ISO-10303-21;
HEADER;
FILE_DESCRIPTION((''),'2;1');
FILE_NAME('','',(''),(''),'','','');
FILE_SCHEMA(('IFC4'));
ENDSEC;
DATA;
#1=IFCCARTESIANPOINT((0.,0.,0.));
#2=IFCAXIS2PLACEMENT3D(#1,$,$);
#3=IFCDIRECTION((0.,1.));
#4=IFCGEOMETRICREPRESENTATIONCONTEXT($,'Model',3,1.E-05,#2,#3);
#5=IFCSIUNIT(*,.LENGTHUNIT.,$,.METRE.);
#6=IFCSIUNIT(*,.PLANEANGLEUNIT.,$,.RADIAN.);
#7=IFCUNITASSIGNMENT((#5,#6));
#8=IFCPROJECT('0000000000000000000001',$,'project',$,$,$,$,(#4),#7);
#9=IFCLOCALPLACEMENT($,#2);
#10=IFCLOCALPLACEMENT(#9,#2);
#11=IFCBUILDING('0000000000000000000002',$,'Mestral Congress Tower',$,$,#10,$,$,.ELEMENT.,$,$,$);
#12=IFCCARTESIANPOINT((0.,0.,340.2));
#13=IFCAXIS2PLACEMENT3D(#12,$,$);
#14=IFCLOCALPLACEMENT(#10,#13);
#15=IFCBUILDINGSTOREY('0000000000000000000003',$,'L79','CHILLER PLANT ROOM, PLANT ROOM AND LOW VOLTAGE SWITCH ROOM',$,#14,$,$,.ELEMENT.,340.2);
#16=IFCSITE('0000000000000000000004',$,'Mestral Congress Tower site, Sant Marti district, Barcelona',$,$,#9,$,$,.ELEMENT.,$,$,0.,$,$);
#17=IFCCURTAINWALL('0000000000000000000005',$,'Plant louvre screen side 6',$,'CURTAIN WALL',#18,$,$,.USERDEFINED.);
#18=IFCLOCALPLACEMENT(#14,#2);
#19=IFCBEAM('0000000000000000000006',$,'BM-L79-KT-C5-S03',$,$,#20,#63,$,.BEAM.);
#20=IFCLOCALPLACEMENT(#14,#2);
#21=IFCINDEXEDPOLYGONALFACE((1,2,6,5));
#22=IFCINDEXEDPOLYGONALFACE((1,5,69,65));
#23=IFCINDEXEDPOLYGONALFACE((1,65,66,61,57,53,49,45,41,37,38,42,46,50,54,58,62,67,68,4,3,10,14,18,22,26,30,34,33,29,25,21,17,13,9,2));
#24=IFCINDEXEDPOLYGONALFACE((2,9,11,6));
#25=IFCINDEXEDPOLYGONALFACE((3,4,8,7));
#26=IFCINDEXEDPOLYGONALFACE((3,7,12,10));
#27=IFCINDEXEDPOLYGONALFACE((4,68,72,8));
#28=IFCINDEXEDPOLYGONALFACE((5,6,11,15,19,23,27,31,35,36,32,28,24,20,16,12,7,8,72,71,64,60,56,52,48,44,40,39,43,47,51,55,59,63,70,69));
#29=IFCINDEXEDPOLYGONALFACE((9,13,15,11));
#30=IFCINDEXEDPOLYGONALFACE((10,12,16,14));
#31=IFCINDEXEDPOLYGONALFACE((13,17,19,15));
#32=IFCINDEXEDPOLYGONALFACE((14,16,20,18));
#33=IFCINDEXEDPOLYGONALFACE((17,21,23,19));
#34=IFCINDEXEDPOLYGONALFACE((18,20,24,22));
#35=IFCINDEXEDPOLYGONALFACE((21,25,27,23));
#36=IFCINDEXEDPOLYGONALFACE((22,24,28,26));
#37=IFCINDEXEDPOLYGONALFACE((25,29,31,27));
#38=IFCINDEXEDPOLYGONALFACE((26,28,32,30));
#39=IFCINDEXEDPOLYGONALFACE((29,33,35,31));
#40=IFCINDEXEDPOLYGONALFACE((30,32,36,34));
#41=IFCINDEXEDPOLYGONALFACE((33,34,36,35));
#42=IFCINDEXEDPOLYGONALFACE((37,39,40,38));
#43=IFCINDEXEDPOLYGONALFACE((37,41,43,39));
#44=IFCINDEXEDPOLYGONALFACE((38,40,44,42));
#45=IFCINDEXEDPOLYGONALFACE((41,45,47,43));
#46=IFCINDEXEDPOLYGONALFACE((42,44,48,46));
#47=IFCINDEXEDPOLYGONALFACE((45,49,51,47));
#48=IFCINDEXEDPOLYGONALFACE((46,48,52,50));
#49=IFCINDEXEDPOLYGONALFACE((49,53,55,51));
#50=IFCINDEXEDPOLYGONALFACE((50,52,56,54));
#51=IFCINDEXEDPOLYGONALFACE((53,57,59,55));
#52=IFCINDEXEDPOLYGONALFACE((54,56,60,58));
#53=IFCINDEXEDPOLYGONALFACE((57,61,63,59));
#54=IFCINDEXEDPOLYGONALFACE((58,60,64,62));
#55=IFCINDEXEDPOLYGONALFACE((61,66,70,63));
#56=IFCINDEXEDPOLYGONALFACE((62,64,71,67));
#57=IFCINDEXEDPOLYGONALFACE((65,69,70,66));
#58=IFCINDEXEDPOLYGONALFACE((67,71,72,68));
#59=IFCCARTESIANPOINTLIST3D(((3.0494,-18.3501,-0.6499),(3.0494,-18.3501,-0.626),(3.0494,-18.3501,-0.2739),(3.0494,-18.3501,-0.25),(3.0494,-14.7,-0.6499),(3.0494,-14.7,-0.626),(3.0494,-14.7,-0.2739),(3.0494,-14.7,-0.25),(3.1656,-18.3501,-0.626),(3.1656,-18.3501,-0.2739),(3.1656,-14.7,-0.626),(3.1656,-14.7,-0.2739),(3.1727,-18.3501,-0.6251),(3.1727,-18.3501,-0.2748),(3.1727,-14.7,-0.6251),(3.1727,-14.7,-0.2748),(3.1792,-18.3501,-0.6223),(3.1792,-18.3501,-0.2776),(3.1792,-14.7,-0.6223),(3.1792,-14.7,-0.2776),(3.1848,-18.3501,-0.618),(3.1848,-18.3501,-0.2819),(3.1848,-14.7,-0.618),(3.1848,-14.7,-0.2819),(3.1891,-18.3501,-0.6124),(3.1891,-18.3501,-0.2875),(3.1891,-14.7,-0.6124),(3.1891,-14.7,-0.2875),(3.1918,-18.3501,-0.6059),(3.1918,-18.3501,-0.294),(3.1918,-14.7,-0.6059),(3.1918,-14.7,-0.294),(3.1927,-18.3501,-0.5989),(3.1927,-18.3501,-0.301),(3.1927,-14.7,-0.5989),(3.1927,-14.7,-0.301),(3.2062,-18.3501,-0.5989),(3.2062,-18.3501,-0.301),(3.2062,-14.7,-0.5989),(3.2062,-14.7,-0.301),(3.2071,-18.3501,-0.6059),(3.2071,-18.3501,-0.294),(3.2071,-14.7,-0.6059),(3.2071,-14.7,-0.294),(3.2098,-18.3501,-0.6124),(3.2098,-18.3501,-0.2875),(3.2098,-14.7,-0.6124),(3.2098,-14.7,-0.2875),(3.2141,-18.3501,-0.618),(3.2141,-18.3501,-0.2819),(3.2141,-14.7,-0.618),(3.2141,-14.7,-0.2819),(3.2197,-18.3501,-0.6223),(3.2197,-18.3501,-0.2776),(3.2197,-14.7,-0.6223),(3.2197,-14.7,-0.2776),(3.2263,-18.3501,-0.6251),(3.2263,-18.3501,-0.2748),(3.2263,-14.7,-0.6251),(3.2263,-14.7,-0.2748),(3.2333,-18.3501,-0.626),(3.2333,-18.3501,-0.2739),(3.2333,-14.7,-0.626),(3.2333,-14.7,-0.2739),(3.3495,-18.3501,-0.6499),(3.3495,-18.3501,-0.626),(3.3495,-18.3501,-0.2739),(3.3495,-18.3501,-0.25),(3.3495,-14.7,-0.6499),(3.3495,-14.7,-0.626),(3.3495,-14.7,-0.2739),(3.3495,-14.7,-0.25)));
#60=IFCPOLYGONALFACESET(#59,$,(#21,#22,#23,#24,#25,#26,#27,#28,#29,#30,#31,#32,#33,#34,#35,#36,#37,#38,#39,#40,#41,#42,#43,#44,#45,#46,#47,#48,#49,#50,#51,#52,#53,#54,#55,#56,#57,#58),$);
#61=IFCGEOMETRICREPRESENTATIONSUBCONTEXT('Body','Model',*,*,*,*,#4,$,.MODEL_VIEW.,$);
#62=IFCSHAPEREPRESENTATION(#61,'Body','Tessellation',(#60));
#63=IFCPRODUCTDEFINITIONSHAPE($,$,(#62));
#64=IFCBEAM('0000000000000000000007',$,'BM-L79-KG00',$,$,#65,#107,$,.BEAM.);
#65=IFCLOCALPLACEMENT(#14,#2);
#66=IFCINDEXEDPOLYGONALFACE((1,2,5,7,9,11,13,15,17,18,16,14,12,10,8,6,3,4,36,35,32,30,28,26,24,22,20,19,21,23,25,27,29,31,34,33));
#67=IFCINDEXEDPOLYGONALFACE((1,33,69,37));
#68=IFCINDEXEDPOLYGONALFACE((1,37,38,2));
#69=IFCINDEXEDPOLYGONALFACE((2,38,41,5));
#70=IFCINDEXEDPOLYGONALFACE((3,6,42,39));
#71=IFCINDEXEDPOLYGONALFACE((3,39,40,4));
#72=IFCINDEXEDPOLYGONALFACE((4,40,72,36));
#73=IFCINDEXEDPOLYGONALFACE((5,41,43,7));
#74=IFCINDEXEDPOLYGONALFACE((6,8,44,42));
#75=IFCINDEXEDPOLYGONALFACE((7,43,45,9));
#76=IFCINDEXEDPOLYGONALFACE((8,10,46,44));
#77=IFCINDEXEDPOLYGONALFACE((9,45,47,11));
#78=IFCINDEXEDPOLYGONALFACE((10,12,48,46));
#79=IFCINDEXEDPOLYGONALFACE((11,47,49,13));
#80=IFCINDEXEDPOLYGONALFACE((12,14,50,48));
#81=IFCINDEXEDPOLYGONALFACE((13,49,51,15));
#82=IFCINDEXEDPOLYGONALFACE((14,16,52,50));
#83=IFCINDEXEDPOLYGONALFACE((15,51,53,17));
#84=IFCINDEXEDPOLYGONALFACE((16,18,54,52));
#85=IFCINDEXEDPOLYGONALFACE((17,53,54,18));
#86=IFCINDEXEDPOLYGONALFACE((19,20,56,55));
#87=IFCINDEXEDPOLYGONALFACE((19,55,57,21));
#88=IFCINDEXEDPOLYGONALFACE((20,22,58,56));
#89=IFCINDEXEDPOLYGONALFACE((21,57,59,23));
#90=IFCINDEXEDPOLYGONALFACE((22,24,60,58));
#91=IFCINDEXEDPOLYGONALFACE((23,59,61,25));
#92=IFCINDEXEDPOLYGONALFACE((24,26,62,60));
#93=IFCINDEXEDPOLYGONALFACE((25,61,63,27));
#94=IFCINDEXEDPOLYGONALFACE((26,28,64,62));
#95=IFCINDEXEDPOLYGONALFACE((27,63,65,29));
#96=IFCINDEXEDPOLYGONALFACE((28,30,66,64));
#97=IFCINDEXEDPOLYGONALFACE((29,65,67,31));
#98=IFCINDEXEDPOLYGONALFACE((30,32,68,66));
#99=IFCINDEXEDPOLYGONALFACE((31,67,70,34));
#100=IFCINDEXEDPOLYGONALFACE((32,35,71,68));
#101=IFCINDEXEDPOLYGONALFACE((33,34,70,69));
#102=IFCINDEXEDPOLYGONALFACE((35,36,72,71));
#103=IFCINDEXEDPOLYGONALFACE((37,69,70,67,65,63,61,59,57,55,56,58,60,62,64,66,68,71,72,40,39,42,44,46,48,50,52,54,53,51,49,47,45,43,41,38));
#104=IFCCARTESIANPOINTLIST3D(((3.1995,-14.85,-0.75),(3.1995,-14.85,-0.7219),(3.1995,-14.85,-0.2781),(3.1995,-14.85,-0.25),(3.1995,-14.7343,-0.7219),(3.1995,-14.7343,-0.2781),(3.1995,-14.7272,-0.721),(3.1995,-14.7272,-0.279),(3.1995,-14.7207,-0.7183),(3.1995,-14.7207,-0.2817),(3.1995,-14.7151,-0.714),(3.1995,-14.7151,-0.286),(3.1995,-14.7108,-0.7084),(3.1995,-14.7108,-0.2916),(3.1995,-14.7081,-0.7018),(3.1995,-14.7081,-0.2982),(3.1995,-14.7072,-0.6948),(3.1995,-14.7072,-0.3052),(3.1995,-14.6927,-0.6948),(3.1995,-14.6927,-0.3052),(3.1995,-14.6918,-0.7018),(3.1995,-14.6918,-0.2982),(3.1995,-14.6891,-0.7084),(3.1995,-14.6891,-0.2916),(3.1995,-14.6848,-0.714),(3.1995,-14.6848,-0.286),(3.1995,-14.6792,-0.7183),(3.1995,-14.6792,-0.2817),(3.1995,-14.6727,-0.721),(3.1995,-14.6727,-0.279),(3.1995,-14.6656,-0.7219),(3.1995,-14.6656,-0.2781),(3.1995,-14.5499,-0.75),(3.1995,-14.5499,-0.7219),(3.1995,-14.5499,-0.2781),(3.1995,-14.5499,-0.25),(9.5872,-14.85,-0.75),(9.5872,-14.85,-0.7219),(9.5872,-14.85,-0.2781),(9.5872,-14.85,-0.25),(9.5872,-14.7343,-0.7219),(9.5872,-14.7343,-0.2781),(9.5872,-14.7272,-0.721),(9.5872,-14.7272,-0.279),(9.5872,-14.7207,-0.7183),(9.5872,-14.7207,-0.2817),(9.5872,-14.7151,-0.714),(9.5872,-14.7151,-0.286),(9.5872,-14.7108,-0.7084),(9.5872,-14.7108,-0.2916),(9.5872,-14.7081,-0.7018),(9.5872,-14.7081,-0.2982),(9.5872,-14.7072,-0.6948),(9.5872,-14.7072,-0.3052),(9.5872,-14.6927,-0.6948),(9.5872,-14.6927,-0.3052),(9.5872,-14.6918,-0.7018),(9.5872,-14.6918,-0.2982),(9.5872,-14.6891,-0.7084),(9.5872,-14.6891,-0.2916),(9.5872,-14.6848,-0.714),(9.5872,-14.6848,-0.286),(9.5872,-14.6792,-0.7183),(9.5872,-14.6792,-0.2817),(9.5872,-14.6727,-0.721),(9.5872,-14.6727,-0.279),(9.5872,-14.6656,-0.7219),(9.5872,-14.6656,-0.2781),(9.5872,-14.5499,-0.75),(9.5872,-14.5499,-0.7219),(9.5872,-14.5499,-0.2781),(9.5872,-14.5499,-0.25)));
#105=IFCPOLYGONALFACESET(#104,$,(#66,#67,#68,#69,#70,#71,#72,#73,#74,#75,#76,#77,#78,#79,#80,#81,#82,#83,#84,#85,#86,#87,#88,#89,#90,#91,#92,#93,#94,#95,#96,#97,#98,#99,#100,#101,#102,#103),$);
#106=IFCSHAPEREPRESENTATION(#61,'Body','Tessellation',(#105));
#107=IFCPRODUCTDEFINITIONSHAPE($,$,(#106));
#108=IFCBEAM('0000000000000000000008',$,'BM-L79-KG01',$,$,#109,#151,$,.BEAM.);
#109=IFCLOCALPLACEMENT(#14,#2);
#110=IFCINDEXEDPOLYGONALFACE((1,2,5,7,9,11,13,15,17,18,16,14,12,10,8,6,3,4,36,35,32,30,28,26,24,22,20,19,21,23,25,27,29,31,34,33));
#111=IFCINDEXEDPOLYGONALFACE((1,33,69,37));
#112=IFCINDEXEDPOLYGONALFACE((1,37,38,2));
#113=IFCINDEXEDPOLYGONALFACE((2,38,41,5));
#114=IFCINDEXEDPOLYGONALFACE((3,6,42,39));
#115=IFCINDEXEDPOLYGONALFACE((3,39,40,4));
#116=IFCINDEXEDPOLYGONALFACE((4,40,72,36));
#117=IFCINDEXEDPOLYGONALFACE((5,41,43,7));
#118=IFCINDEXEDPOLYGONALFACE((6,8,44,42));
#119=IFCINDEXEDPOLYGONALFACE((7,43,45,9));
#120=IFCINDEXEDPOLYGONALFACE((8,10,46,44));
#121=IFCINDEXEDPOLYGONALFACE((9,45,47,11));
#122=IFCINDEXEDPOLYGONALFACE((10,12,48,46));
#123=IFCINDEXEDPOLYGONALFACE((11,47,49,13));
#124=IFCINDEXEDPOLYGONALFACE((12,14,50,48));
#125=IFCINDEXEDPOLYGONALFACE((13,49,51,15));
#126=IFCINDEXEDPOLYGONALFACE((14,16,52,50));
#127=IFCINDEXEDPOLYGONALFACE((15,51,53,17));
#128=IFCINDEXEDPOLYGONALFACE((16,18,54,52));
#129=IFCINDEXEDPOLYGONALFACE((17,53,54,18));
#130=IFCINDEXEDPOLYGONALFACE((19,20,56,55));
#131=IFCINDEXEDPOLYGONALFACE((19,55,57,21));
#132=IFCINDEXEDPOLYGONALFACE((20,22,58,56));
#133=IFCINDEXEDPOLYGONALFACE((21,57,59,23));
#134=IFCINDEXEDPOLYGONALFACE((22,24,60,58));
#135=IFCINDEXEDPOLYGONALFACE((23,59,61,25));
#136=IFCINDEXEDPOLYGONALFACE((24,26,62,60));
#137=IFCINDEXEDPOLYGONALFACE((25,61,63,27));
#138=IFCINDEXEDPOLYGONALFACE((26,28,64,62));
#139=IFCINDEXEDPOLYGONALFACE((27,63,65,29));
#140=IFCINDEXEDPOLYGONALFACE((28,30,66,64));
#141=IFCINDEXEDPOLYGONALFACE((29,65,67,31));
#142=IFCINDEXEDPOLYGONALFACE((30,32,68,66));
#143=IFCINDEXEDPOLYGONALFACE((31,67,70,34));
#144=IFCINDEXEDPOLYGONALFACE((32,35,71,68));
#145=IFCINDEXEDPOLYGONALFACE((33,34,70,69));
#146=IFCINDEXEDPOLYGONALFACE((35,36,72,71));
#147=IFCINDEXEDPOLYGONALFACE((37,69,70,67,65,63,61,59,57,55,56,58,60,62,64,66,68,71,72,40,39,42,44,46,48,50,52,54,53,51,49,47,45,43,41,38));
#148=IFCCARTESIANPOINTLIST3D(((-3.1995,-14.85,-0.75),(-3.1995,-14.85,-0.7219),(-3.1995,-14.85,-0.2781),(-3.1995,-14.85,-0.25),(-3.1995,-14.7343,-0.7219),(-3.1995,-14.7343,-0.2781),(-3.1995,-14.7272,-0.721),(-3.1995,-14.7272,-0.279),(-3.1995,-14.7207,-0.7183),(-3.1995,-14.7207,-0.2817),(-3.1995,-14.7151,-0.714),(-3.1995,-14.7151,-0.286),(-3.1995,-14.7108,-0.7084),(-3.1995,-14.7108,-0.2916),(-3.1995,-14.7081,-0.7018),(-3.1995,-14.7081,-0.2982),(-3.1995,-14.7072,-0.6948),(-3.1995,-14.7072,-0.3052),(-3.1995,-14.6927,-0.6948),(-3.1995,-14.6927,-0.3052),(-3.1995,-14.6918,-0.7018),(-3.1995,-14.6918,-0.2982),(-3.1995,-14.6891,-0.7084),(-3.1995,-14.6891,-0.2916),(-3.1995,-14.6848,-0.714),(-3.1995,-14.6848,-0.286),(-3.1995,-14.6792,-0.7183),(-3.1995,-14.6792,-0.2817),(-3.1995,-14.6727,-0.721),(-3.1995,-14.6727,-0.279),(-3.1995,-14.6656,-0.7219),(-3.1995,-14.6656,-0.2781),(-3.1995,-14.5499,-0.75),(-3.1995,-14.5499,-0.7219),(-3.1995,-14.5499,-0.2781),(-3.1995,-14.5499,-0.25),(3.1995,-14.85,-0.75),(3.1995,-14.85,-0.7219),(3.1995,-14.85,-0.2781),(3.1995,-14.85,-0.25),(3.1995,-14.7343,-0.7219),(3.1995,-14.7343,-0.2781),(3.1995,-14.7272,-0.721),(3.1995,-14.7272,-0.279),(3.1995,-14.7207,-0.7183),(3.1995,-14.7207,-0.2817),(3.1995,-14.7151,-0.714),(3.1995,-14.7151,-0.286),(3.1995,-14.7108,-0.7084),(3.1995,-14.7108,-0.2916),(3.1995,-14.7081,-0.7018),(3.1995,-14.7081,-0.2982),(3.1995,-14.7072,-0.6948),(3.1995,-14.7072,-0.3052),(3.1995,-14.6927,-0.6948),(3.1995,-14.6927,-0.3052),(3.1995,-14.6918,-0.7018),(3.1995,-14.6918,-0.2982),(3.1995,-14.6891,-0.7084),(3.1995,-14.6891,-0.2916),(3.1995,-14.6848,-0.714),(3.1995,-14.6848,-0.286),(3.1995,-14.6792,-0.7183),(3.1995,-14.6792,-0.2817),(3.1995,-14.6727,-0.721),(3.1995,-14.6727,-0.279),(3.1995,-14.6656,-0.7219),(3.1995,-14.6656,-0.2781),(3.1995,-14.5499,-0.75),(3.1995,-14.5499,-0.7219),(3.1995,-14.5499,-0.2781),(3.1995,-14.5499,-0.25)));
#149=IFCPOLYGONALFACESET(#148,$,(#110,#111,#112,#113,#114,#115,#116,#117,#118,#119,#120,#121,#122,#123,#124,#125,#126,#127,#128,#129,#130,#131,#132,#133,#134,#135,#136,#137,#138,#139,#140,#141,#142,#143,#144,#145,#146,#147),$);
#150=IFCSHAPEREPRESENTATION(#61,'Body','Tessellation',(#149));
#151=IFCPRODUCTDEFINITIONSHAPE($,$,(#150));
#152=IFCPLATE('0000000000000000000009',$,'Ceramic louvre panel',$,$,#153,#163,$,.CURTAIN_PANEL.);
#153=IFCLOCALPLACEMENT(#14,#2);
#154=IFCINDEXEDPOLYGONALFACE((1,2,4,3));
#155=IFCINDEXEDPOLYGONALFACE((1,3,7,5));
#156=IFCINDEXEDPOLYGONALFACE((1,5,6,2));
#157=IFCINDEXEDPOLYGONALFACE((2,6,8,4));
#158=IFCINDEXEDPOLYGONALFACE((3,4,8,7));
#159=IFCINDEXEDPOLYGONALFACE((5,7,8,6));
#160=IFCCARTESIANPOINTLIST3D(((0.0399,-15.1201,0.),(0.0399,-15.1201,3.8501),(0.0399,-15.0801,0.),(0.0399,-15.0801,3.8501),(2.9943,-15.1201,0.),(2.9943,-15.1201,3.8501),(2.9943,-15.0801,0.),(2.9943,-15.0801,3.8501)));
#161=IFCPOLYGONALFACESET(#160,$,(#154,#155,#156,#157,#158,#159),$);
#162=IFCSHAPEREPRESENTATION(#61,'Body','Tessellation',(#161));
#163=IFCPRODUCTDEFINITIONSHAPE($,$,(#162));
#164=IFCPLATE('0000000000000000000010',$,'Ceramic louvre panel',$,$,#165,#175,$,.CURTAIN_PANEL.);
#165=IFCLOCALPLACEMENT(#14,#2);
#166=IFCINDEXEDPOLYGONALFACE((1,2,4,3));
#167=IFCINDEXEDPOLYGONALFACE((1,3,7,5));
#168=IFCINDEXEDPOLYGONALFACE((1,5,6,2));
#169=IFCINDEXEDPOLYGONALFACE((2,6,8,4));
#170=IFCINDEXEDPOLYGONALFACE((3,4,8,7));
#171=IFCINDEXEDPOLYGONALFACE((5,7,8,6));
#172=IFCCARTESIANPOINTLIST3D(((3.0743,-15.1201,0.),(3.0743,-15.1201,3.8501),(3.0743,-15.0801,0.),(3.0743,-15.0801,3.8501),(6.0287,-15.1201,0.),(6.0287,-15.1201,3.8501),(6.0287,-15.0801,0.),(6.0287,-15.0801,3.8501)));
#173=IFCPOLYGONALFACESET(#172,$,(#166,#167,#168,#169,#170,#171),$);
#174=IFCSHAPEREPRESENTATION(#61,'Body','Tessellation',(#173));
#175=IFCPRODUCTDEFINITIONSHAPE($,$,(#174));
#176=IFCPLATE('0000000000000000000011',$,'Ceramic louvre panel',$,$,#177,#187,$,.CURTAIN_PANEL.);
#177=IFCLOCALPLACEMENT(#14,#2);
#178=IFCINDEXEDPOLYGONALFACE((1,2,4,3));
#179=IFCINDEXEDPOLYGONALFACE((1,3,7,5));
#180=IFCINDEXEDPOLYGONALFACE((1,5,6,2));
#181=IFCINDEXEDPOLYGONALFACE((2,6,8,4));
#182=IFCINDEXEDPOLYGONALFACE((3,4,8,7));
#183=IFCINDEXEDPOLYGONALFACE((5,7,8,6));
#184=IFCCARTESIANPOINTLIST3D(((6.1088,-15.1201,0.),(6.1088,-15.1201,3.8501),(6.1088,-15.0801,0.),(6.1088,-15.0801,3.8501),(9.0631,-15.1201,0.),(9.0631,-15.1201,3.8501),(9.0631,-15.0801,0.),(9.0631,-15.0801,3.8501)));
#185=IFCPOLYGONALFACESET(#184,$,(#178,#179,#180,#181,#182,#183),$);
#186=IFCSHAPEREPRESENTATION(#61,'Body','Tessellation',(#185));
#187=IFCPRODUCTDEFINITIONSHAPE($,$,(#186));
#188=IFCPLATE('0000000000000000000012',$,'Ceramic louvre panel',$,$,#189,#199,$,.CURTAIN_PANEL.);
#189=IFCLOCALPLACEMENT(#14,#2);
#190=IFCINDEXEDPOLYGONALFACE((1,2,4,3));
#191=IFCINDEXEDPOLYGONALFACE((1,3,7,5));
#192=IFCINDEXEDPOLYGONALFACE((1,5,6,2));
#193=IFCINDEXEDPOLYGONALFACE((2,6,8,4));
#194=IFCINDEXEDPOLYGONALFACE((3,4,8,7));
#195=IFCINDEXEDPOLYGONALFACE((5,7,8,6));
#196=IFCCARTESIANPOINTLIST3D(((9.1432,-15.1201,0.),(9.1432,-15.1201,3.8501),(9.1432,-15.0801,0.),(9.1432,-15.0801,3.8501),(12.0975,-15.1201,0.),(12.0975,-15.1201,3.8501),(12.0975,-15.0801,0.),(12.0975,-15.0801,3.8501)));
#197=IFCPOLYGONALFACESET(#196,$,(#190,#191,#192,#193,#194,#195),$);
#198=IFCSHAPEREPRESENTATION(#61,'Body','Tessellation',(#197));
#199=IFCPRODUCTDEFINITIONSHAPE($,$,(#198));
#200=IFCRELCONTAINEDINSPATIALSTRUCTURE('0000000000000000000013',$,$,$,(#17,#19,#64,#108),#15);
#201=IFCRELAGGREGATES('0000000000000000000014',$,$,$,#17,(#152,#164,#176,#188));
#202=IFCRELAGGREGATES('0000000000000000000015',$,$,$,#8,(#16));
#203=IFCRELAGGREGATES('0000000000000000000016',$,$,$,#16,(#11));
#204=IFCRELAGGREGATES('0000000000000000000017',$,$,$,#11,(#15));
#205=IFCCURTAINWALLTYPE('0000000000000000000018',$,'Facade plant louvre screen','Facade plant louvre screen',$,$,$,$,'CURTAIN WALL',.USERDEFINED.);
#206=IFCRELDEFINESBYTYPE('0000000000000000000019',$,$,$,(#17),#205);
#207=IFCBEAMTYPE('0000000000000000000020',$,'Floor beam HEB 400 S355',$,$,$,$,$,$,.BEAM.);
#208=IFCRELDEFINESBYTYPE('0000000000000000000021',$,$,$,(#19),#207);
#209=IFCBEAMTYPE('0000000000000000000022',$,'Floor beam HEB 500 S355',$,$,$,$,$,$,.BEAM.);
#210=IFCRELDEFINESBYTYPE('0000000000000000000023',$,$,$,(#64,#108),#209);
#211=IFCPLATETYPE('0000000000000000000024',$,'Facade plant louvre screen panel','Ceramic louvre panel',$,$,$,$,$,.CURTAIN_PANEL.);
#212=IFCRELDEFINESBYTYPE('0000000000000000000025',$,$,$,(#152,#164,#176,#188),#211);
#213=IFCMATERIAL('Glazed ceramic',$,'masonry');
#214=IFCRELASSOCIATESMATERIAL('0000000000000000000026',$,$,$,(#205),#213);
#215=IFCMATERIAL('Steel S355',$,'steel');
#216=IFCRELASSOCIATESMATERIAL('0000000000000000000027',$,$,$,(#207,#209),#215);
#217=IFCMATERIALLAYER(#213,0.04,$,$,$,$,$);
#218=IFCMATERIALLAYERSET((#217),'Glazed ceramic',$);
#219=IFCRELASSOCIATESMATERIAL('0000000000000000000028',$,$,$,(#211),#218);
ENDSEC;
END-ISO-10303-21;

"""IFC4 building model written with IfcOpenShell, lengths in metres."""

from ifc_helpers import new_model, si_unit, direction, frame, origin, origin_2d, place, context, subcontext, project, spatial, rectangle, i_section, extrude, material, layer, layer_set, material_profile, profile_set, type_object, element, aggregate, save


model = new_model("IFC4")

# Units and contexts
model_context = context("Model", 3, precision=1e-05, world=origin(), true_north=direction((0.0, 1.0)))
body_context = subcontext(model_context, "Body", "Model", "MODEL_VIEW")
ifc_project = project(units=[si_unit("LENGTHUNIT", "METRE"), si_unit("PLANEANGLEUNIT", "RADIAN")], contexts=[model_context])

# Site, building, storey
site_placement = place(None, origin())
site = spatial("IfcSite", under=ifc_project, at=site_placement, Name="Mestral Congress Tower site, Sant Marti district, Barcelona", CompositionType="ELEMENT", RefElevation=0.0)
building_placement = place(site_placement, origin())
building = spatial("IfcBuilding", under=site, at=building_placement, Name="Mestral Congress Tower", CompositionType="ELEMENT")
storey_placement = place(building_placement, frame((0.0, 0.0, 340.2)))
storey = spatial("IfcBuildingStorey", under=building, at=storey_placement, Name="L79", Description="CHILLER PLANT ROOM, PLANT ROOM AND LOW VOLTAGE SWITCH ROOM", CompositionType="ELEMENT", Elevation=340.2)

# Shared definitions
ifc_material_1 = material(Name="Steel S355", Category="steel")

# Curtain wall
ifc_material_2 = material(Name="Glazed ceramic", Category="masonry")
curtain_wall_type = type_object("IfcCurtainWallType", Name="Facade plant louvre screen", Description="Facade plant louvre screen", ElementType="CURTAIN WALL", PredefinedType="USERDEFINED", material=ifc_material_2)
curtain_wall_placement = place(storey_placement, origin())
curtain_wall = element("IfcCurtainWall", 1, at=curtain_wall_placement, inside=storey, type_object=curtain_wall_type, Name="Plant louvre screen side 6", ObjectType="CURTAIN WALL", PredefinedType="USERDEFINED")

# Beams
ifc_material_profile_1 = material_profile(ifc_material_1, i_section(OverallWidth=0.3, OverallDepth=0.3999, WebThickness=0.0134, FlangeThickness=0.0239, FilletRadius=0.0271, at=origin_2d()), Name="HEB 400")
ifc_profile_set_1 = profile_set([ifc_material_profile_1], Name="Steel S355")
beam_type_1 = type_object("IfcBeamType", Name="Floor beam HEB 400 S355", PredefinedType="BEAM", material=ifc_profile_set_1)
beam_1_placement = place(storey_placement, frame((3.1995, -18.3501, -0.45), z_axis=(0.0, 1.0, 0.0), x_axis=(-1.0, 0.0, 0.0)))
element("IfcBeam", 2, at=beam_1_placement, inside=storey, type_object=beam_type_1, Name="BM-L79-KT-C5-S03", PredefinedType="BEAM", context=body_context, shape_type="SweptSolid", body=[
    extrude(i_section(OverallWidth=0.3, OverallDepth=0.3999, WebThickness=0.0134, FlangeThickness=0.0239, FilletRadius=0.0271, at=origin_2d()), origin(), (0.0, 0.0, 1.0), 3.6501),
])
ifc_material_profile_2 = material_profile(ifc_material_1, i_section(OverallWidth=0.3, OverallDepth=0.5, WebThickness=0.0144, FlangeThickness=0.0281, FilletRadius=0.0271, at=origin_2d()), Name="HEB 500")
ifc_profile_set_2 = profile_set([ifc_material_profile_2], Name="Steel S355")
beam_type_2 = type_object("IfcBeamType", Name="Floor beam HEB 500 S355", PredefinedType="BEAM", material=ifc_profile_set_2)
beam_2_placement = place(storey_placement, frame((9.5872, -14.7, -0.5), z_axis=(-1.0, 0.0, 0.0), x_axis=(0.0, -1.0, 0.0)))
element("IfcBeam", 3, at=beam_2_placement, inside=storey, type_object=beam_type_2, Name="BM-L79-KG00", PredefinedType="BEAM", context=body_context, shape_type="SweptSolid", body=[
    extrude(i_section(OverallWidth=0.3, OverallDepth=0.5, WebThickness=0.0144, FlangeThickness=0.0281, FilletRadius=0.0271, at=origin_2d()), origin(), (0.0, 0.0, 1.0), 6.3877),
])
beam_3_placement = place(storey_placement, frame((3.1995, -14.7, -0.5), z_axis=(-1.0, 0.0, 0.0), x_axis=(0.0, -1.0, 0.0)))
element("IfcBeam", 4, at=beam_3_placement, inside=storey, type_object=beam_type_2, Name="BM-L79-KG01", PredefinedType="BEAM", context=body_context, shape_type="SweptSolid", body=[
    extrude(i_section(OverallWidth=0.3, OverallDepth=0.5, WebThickness=0.0144, FlangeThickness=0.0281, FilletRadius=0.0271, at=origin_2d()), origin(), (0.0, 0.0, 1.0), 6.3989),
])

# Plates
ifc_layer_1 = layer(ifc_material_2, 0.04)
ifc_layer_set_1 = layer_set([ifc_layer_1], Name="Glazed ceramic")
plate_type = type_object("IfcPlateType", Name="Facade plant louvre screen panel", Description="Ceramic louvre panel", PredefinedType="CURTAIN_PANEL", material=ifc_layer_set_1)
plate_1_placement = place(storey_placement, frame((1.5171, -15.1001, 0.0), z_axis=(0.0, 0.0, 1.0), x_axis=(1.0, 0.0, 0.0)))
plate_1 = element("IfcPlate", 5, at=plate_1_placement, type_object=plate_type, Name="Ceramic louvre panel", PredefinedType="CURTAIN_PANEL", context=body_context, shape_type="SweptSolid", body=[
    extrude(rectangle(XDim=2.9543, YDim=0.04, at=origin_2d()), origin(), (0.0, 0.0, 1.0), 3.8501),
])
plate_2_placement = place(storey_placement, frame((4.5515, -15.1001, 0.0), z_axis=(0.0, 0.0, 1.0), x_axis=(1.0, 0.0, 0.0)))
plate_2 = element("IfcPlate", 6, at=plate_2_placement, type_object=plate_type, Name="Ceramic louvre panel", PredefinedType="CURTAIN_PANEL", context=body_context, shape_type="SweptSolid", body=[
    extrude(rectangle(XDim=2.9543, YDim=0.04, at=origin_2d()), origin(), (0.0, 0.0, 1.0), 3.8501),
])
plate_3_placement = place(storey_placement, frame((7.5859, -15.1001, 0.0), z_axis=(0.0, 0.0, 1.0), x_axis=(1.0, 0.0, 0.0)))
plate_3 = element("IfcPlate", 7, at=plate_3_placement, type_object=plate_type, Name="Ceramic louvre panel", PredefinedType="CURTAIN_PANEL", context=body_context, shape_type="SweptSolid", body=[
    extrude(rectangle(XDim=2.9543, YDim=0.04, at=origin_2d()), origin(), (0.0, 0.0, 1.0), 3.8501),
])
plate_4_placement = place(storey_placement, frame((10.6204, -15.1001, 0.0), z_axis=(0.0, 0.0, 1.0), x_axis=(1.0, 0.0, 0.0)))
plate_4 = element("IfcPlate", 8, at=plate_4_placement, type_object=plate_type, Name="Ceramic louvre panel", PredefinedType="CURTAIN_PANEL", context=body_context, shape_type="SweptSolid", body=[
    extrude(rectangle(XDim=2.9543, YDim=0.04, at=origin_2d()), origin(), (0.0, 0.0, 1.0), 3.8501),
])
aggregate(curtain_wall, [plate_1, plate_2, plate_3, plate_4])

save(model, "model.ifc")
